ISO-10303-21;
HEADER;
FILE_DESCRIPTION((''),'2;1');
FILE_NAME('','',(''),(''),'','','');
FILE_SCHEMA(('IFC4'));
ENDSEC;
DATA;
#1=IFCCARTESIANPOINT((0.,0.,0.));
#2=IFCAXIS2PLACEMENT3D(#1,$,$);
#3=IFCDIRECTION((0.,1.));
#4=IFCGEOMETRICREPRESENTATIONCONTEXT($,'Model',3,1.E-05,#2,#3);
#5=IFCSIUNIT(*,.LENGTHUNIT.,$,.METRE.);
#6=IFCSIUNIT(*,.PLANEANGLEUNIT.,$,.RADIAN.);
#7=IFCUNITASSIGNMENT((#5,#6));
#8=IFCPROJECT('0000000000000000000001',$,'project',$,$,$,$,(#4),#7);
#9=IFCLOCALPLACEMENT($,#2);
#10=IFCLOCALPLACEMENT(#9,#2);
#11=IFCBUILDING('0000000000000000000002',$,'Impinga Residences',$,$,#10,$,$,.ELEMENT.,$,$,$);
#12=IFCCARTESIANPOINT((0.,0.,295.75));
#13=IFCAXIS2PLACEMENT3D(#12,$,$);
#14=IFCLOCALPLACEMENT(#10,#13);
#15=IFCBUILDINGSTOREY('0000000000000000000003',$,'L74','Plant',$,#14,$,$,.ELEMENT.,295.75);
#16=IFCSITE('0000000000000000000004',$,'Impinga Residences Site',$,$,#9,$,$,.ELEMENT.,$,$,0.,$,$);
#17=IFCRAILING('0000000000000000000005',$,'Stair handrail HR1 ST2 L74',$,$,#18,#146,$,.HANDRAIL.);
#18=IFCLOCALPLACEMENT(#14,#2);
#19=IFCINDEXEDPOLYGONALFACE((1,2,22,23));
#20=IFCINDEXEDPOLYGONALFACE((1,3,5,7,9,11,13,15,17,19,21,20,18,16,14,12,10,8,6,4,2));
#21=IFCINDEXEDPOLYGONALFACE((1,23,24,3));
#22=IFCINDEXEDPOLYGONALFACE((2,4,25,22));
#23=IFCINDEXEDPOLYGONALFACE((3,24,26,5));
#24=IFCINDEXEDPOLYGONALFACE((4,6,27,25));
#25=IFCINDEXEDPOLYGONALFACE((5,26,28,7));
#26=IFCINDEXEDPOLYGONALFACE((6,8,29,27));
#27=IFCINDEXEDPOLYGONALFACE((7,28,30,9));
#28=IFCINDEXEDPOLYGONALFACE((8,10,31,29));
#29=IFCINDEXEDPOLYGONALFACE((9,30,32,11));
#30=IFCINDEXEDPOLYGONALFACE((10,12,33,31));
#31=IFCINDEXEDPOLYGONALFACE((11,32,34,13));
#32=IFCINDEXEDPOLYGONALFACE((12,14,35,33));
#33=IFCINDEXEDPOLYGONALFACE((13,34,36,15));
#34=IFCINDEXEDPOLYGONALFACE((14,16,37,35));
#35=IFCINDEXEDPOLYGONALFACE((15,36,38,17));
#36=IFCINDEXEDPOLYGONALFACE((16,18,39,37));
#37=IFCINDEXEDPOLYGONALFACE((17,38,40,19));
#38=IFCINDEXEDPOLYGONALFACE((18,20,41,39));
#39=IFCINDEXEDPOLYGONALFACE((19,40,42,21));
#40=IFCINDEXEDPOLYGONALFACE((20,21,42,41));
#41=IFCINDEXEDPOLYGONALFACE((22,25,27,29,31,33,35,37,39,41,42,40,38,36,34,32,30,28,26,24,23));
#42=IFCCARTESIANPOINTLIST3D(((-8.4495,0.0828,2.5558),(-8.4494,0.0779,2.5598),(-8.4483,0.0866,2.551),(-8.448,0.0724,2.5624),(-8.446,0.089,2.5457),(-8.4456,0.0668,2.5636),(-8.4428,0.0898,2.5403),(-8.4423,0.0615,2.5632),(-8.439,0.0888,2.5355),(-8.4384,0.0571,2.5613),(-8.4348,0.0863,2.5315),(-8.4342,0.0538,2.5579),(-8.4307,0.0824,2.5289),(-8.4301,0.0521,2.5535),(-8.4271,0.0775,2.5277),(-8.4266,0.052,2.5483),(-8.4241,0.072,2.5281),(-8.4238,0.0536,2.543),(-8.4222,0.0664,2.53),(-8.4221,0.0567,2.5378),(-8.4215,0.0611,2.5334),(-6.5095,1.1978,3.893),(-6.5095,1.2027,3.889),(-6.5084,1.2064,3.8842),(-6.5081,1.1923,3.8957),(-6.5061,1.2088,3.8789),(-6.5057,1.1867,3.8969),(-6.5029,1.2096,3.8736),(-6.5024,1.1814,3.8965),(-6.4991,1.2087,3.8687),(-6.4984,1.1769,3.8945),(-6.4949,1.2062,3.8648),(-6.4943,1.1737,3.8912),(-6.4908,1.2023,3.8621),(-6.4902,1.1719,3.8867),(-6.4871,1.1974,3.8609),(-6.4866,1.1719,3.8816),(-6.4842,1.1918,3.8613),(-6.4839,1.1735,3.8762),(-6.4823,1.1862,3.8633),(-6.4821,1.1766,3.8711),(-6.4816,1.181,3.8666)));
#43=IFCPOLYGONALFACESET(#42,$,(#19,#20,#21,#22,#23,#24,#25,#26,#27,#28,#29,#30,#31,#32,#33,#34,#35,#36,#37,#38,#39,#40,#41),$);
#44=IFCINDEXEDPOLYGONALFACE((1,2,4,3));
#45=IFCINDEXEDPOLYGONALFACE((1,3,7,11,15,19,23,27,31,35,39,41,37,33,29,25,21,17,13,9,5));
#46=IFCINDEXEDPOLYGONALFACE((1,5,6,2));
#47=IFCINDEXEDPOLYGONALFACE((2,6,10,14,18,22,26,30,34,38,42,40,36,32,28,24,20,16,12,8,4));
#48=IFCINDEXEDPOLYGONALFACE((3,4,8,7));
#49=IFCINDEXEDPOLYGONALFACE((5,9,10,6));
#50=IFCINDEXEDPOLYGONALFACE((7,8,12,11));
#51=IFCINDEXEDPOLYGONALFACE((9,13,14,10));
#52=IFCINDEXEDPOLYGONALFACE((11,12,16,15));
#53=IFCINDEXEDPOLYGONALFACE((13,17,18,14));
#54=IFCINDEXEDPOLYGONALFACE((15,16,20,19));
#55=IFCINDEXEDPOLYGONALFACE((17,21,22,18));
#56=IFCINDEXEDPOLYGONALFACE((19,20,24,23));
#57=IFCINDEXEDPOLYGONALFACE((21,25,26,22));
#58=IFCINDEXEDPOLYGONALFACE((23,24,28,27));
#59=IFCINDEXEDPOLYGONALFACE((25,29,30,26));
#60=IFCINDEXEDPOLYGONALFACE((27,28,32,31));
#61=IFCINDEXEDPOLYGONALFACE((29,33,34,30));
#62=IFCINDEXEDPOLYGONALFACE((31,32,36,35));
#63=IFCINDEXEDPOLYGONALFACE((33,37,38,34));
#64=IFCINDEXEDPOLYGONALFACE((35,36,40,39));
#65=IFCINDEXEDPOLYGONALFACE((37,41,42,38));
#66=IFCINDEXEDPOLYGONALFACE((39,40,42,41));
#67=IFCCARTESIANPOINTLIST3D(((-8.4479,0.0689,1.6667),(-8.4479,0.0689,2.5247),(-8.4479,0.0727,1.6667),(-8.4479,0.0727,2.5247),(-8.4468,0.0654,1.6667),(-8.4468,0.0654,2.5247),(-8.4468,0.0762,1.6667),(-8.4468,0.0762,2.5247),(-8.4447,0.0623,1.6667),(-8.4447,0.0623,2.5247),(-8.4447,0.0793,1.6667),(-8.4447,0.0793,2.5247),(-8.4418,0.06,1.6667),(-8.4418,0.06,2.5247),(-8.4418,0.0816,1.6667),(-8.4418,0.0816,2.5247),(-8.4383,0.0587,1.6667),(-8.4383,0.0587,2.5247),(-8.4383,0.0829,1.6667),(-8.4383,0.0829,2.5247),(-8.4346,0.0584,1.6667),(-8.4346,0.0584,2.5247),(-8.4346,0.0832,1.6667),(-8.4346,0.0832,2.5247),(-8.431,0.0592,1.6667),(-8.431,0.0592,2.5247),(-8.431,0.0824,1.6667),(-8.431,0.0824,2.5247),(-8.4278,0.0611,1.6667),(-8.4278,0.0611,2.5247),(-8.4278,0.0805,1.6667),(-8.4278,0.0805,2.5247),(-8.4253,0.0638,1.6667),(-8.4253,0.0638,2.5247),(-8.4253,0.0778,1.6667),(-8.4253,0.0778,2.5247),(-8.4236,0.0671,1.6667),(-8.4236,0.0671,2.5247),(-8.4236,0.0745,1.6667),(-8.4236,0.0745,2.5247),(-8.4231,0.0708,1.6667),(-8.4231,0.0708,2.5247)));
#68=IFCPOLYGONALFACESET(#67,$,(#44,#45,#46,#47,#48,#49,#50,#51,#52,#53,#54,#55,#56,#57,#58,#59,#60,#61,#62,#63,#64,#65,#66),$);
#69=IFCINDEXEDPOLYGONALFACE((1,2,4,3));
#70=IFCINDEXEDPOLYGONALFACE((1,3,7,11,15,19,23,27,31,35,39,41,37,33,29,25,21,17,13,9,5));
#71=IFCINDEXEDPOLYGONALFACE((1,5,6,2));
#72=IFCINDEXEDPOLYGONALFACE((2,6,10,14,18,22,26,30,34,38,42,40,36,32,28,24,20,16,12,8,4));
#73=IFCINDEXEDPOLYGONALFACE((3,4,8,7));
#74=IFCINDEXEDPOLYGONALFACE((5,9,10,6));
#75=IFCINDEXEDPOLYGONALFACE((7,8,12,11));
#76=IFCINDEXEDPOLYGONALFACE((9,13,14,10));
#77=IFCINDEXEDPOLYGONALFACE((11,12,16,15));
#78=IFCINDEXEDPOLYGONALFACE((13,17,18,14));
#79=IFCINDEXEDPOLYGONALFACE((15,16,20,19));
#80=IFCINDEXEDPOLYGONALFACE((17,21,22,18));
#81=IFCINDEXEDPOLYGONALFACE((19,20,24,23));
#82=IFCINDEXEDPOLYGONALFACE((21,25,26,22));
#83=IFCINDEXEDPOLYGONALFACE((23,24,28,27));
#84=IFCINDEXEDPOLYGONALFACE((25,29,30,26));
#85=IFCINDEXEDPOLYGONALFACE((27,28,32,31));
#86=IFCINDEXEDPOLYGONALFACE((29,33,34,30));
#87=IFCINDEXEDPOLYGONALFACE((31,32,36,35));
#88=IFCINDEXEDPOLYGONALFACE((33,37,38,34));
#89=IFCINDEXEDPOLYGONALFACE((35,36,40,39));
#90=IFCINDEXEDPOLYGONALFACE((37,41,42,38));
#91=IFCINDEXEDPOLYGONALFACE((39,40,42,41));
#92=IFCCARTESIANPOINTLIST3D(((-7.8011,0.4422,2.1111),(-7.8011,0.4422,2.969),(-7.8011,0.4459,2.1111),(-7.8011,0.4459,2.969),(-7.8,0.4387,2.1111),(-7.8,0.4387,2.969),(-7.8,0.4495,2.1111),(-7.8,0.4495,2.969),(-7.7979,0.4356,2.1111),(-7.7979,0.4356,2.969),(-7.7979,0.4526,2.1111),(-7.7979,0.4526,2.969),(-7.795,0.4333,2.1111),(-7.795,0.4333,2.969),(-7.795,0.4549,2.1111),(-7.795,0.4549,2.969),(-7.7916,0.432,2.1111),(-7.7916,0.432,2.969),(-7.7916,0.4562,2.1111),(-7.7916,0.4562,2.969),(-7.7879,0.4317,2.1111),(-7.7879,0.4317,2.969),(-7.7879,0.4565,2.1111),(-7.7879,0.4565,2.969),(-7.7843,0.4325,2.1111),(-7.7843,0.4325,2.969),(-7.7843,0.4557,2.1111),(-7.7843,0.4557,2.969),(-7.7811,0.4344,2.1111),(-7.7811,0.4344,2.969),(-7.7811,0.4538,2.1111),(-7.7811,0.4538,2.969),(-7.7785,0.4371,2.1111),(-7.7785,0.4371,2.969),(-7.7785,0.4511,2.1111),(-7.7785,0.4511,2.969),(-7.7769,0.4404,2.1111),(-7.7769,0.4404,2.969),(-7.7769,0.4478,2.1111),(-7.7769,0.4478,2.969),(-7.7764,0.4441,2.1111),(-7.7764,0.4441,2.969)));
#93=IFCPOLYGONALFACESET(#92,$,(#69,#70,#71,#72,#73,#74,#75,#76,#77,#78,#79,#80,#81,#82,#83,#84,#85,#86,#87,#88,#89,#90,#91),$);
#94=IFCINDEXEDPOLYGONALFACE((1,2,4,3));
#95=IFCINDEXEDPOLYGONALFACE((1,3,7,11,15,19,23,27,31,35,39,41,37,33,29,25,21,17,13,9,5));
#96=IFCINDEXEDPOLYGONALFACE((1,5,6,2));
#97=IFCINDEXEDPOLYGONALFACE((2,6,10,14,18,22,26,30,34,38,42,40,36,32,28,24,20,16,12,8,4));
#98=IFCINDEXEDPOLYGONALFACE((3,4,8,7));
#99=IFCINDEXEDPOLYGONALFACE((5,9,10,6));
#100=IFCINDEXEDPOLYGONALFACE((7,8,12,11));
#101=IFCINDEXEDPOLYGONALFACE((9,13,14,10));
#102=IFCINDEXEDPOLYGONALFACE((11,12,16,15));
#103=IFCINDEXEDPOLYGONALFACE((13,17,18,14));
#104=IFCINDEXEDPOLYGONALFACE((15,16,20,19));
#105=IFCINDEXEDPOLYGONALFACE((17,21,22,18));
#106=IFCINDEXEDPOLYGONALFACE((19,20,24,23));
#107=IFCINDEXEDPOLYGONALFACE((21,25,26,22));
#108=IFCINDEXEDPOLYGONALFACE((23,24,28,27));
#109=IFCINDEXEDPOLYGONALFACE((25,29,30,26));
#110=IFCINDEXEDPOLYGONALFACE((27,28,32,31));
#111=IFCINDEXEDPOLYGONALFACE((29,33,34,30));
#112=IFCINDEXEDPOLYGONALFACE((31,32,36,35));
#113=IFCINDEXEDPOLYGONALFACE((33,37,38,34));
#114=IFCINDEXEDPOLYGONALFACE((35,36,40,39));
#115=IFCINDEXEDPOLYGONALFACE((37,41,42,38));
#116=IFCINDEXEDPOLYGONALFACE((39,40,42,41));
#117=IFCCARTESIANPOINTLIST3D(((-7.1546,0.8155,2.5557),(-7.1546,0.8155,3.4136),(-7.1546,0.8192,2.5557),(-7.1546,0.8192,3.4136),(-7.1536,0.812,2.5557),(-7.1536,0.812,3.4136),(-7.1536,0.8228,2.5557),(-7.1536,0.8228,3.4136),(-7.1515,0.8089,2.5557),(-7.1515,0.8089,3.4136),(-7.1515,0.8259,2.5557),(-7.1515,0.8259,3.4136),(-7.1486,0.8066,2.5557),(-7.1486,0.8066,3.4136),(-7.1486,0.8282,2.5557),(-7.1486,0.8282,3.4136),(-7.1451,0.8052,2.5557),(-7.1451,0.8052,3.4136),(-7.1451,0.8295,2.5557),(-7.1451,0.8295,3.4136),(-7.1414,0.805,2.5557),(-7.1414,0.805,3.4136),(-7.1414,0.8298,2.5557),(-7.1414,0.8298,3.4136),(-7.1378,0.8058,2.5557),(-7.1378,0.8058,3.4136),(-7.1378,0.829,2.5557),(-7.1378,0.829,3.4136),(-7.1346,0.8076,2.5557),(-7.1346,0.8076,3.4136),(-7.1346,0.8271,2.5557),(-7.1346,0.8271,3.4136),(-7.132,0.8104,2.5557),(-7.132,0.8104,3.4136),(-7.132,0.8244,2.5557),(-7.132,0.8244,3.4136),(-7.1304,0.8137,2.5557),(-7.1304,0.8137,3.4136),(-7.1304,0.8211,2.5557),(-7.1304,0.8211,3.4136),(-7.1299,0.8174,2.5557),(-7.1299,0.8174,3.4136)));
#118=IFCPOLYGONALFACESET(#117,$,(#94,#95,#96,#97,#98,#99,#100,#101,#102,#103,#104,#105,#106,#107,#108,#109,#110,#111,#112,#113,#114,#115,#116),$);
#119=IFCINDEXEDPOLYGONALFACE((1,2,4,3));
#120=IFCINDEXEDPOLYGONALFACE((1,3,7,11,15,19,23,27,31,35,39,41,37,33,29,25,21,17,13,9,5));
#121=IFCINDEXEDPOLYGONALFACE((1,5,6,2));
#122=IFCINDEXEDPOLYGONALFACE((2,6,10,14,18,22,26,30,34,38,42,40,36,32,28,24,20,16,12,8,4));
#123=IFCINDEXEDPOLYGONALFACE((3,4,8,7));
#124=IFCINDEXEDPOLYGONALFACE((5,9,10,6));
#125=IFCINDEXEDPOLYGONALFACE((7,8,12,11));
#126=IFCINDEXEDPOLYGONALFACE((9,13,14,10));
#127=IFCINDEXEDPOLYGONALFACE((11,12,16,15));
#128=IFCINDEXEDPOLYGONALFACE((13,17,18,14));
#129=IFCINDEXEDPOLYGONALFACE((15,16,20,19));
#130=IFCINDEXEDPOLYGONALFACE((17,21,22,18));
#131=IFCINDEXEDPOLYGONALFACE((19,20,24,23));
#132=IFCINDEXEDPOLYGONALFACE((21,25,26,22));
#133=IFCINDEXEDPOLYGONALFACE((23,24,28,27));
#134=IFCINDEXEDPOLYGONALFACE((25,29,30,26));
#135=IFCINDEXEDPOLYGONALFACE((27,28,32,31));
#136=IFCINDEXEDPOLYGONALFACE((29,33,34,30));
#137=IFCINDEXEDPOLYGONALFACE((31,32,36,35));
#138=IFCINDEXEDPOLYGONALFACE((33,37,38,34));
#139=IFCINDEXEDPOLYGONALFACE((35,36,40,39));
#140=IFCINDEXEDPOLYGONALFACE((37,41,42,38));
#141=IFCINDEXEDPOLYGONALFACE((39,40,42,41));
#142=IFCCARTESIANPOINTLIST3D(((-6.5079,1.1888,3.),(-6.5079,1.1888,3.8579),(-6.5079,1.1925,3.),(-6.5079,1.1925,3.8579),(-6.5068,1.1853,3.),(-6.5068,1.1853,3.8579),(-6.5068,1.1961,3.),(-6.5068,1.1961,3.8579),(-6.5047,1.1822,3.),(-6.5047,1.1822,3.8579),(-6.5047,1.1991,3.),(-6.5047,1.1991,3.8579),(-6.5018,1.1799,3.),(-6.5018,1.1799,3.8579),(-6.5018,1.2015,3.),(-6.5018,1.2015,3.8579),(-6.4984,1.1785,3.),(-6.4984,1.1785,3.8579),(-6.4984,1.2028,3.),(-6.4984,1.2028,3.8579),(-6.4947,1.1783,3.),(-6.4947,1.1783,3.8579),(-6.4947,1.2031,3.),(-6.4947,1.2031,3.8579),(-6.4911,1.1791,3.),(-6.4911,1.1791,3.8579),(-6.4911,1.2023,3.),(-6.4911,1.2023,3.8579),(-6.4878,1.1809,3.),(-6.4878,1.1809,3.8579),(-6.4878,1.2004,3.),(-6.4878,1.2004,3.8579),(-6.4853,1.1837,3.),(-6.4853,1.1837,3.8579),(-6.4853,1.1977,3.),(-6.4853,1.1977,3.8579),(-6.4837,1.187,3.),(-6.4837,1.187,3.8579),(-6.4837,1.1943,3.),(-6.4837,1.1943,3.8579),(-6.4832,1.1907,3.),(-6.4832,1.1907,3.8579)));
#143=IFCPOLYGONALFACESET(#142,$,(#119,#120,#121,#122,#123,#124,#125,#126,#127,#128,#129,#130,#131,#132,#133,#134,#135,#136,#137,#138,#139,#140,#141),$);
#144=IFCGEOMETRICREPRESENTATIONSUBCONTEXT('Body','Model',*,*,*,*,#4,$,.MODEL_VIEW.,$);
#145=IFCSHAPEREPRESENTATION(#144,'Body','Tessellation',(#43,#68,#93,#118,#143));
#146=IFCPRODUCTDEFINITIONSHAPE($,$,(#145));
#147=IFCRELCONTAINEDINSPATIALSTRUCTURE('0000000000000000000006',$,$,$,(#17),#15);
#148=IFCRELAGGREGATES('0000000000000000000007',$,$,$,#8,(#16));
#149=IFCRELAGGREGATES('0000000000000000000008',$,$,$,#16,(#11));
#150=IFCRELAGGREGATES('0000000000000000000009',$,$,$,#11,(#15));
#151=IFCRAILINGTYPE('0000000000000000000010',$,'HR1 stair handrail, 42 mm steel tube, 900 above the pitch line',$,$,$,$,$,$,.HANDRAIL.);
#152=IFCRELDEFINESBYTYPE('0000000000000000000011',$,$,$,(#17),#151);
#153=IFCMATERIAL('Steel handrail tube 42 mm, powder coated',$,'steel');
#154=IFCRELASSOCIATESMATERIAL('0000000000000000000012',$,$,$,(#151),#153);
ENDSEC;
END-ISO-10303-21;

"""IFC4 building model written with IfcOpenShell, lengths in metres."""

from ifc_helpers import new_model, si_unit, direction, frame, origin, origin_2d, place, context, subcontext, project, spatial, circle, extrude, material, type_object, element, save


model = new_model("IFC4")

# Units and contexts
model_context = context("Model", 3, precision=1e-05, world=origin(), true_north=direction((0.0, 1.0)))
body_context = subcontext(model_context, "Body", "Model", "MODEL_VIEW")
ifc_project = project(units=[si_unit("LENGTHUNIT", "METRE"), si_unit("PLANEANGLEUNIT", "RADIAN")], contexts=[model_context])

# Site, building, storey
site_placement = place(None, origin())
site = spatial("IfcSite", under=ifc_project, at=site_placement, Name="Impinga Residences Site", CompositionType="ELEMENT", RefElevation=0.0)
building_placement = place(site_placement, origin())
building = spatial("IfcBuilding", under=site, at=building_placement, Name="Impinga Residences", CompositionType="ELEMENT")
storey_placement = place(building_placement, frame((0.0, 0.0, 295.75)))
storey = spatial("IfcBuildingStorey", under=building, at=storey_placement, Name="L74", Description="Plant", CompositionType="ELEMENT", Elevation=295.75)

# Railing
ifc_material_1 = material(Name="Steel handrail tube 42 mm, powder coated", Category="steel")
railing_type = type_object("IfcRailingType", Name="HR1 stair handrail, 42 mm steel tube, 900 above the pitch line", PredefinedType="HANDRAIL", material=ifc_material_1)
for number, where, name in (
    (1, (-8.4355, 0.0708, 1.6667), "Stair handrail HR1 ST2 L74"),
):
    element("IfcRailing", number, at=place(storey_placement, frame(where)), inside=storey, type_object=railing_type, Name=name, PredefinedType="HANDRAIL", context=body_context, shape_type="SweptSolid", body=[
        extrude(circle(Radius=0.021, at=origin_2d()), frame((0.0, 0.0, 0.8789), z_axis=(0.744205, 0.429608, 0.511465), x_axis=(-0.499949, 0.866055, 0.0)), (0.0, 0.0, 1.0), 2.6067),
        extrude(circle(Radius=0.0125, at=origin_2d()), origin(), (0.0, 0.0, 1.0), 0.8579),
        extrude(circle(Radius=0.0125, at=origin_2d()), frame((0.6467, 0.3733, 0.4443)), (0.0, 0.0, 1.0), 0.8579),
        extrude(circle(Radius=0.0125, at=origin_2d()), frame((1.2932, 0.7466, 0.8889)), (0.0, 0.0, 1.0), 0.8579),
        extrude(circle(Radius=0.0125, at=origin_2d()), frame((1.9399, 1.1199, 1.3333)), (0.0, 0.0, 1.0), 0.8579),
    ])

save(model, "model.ifc")
